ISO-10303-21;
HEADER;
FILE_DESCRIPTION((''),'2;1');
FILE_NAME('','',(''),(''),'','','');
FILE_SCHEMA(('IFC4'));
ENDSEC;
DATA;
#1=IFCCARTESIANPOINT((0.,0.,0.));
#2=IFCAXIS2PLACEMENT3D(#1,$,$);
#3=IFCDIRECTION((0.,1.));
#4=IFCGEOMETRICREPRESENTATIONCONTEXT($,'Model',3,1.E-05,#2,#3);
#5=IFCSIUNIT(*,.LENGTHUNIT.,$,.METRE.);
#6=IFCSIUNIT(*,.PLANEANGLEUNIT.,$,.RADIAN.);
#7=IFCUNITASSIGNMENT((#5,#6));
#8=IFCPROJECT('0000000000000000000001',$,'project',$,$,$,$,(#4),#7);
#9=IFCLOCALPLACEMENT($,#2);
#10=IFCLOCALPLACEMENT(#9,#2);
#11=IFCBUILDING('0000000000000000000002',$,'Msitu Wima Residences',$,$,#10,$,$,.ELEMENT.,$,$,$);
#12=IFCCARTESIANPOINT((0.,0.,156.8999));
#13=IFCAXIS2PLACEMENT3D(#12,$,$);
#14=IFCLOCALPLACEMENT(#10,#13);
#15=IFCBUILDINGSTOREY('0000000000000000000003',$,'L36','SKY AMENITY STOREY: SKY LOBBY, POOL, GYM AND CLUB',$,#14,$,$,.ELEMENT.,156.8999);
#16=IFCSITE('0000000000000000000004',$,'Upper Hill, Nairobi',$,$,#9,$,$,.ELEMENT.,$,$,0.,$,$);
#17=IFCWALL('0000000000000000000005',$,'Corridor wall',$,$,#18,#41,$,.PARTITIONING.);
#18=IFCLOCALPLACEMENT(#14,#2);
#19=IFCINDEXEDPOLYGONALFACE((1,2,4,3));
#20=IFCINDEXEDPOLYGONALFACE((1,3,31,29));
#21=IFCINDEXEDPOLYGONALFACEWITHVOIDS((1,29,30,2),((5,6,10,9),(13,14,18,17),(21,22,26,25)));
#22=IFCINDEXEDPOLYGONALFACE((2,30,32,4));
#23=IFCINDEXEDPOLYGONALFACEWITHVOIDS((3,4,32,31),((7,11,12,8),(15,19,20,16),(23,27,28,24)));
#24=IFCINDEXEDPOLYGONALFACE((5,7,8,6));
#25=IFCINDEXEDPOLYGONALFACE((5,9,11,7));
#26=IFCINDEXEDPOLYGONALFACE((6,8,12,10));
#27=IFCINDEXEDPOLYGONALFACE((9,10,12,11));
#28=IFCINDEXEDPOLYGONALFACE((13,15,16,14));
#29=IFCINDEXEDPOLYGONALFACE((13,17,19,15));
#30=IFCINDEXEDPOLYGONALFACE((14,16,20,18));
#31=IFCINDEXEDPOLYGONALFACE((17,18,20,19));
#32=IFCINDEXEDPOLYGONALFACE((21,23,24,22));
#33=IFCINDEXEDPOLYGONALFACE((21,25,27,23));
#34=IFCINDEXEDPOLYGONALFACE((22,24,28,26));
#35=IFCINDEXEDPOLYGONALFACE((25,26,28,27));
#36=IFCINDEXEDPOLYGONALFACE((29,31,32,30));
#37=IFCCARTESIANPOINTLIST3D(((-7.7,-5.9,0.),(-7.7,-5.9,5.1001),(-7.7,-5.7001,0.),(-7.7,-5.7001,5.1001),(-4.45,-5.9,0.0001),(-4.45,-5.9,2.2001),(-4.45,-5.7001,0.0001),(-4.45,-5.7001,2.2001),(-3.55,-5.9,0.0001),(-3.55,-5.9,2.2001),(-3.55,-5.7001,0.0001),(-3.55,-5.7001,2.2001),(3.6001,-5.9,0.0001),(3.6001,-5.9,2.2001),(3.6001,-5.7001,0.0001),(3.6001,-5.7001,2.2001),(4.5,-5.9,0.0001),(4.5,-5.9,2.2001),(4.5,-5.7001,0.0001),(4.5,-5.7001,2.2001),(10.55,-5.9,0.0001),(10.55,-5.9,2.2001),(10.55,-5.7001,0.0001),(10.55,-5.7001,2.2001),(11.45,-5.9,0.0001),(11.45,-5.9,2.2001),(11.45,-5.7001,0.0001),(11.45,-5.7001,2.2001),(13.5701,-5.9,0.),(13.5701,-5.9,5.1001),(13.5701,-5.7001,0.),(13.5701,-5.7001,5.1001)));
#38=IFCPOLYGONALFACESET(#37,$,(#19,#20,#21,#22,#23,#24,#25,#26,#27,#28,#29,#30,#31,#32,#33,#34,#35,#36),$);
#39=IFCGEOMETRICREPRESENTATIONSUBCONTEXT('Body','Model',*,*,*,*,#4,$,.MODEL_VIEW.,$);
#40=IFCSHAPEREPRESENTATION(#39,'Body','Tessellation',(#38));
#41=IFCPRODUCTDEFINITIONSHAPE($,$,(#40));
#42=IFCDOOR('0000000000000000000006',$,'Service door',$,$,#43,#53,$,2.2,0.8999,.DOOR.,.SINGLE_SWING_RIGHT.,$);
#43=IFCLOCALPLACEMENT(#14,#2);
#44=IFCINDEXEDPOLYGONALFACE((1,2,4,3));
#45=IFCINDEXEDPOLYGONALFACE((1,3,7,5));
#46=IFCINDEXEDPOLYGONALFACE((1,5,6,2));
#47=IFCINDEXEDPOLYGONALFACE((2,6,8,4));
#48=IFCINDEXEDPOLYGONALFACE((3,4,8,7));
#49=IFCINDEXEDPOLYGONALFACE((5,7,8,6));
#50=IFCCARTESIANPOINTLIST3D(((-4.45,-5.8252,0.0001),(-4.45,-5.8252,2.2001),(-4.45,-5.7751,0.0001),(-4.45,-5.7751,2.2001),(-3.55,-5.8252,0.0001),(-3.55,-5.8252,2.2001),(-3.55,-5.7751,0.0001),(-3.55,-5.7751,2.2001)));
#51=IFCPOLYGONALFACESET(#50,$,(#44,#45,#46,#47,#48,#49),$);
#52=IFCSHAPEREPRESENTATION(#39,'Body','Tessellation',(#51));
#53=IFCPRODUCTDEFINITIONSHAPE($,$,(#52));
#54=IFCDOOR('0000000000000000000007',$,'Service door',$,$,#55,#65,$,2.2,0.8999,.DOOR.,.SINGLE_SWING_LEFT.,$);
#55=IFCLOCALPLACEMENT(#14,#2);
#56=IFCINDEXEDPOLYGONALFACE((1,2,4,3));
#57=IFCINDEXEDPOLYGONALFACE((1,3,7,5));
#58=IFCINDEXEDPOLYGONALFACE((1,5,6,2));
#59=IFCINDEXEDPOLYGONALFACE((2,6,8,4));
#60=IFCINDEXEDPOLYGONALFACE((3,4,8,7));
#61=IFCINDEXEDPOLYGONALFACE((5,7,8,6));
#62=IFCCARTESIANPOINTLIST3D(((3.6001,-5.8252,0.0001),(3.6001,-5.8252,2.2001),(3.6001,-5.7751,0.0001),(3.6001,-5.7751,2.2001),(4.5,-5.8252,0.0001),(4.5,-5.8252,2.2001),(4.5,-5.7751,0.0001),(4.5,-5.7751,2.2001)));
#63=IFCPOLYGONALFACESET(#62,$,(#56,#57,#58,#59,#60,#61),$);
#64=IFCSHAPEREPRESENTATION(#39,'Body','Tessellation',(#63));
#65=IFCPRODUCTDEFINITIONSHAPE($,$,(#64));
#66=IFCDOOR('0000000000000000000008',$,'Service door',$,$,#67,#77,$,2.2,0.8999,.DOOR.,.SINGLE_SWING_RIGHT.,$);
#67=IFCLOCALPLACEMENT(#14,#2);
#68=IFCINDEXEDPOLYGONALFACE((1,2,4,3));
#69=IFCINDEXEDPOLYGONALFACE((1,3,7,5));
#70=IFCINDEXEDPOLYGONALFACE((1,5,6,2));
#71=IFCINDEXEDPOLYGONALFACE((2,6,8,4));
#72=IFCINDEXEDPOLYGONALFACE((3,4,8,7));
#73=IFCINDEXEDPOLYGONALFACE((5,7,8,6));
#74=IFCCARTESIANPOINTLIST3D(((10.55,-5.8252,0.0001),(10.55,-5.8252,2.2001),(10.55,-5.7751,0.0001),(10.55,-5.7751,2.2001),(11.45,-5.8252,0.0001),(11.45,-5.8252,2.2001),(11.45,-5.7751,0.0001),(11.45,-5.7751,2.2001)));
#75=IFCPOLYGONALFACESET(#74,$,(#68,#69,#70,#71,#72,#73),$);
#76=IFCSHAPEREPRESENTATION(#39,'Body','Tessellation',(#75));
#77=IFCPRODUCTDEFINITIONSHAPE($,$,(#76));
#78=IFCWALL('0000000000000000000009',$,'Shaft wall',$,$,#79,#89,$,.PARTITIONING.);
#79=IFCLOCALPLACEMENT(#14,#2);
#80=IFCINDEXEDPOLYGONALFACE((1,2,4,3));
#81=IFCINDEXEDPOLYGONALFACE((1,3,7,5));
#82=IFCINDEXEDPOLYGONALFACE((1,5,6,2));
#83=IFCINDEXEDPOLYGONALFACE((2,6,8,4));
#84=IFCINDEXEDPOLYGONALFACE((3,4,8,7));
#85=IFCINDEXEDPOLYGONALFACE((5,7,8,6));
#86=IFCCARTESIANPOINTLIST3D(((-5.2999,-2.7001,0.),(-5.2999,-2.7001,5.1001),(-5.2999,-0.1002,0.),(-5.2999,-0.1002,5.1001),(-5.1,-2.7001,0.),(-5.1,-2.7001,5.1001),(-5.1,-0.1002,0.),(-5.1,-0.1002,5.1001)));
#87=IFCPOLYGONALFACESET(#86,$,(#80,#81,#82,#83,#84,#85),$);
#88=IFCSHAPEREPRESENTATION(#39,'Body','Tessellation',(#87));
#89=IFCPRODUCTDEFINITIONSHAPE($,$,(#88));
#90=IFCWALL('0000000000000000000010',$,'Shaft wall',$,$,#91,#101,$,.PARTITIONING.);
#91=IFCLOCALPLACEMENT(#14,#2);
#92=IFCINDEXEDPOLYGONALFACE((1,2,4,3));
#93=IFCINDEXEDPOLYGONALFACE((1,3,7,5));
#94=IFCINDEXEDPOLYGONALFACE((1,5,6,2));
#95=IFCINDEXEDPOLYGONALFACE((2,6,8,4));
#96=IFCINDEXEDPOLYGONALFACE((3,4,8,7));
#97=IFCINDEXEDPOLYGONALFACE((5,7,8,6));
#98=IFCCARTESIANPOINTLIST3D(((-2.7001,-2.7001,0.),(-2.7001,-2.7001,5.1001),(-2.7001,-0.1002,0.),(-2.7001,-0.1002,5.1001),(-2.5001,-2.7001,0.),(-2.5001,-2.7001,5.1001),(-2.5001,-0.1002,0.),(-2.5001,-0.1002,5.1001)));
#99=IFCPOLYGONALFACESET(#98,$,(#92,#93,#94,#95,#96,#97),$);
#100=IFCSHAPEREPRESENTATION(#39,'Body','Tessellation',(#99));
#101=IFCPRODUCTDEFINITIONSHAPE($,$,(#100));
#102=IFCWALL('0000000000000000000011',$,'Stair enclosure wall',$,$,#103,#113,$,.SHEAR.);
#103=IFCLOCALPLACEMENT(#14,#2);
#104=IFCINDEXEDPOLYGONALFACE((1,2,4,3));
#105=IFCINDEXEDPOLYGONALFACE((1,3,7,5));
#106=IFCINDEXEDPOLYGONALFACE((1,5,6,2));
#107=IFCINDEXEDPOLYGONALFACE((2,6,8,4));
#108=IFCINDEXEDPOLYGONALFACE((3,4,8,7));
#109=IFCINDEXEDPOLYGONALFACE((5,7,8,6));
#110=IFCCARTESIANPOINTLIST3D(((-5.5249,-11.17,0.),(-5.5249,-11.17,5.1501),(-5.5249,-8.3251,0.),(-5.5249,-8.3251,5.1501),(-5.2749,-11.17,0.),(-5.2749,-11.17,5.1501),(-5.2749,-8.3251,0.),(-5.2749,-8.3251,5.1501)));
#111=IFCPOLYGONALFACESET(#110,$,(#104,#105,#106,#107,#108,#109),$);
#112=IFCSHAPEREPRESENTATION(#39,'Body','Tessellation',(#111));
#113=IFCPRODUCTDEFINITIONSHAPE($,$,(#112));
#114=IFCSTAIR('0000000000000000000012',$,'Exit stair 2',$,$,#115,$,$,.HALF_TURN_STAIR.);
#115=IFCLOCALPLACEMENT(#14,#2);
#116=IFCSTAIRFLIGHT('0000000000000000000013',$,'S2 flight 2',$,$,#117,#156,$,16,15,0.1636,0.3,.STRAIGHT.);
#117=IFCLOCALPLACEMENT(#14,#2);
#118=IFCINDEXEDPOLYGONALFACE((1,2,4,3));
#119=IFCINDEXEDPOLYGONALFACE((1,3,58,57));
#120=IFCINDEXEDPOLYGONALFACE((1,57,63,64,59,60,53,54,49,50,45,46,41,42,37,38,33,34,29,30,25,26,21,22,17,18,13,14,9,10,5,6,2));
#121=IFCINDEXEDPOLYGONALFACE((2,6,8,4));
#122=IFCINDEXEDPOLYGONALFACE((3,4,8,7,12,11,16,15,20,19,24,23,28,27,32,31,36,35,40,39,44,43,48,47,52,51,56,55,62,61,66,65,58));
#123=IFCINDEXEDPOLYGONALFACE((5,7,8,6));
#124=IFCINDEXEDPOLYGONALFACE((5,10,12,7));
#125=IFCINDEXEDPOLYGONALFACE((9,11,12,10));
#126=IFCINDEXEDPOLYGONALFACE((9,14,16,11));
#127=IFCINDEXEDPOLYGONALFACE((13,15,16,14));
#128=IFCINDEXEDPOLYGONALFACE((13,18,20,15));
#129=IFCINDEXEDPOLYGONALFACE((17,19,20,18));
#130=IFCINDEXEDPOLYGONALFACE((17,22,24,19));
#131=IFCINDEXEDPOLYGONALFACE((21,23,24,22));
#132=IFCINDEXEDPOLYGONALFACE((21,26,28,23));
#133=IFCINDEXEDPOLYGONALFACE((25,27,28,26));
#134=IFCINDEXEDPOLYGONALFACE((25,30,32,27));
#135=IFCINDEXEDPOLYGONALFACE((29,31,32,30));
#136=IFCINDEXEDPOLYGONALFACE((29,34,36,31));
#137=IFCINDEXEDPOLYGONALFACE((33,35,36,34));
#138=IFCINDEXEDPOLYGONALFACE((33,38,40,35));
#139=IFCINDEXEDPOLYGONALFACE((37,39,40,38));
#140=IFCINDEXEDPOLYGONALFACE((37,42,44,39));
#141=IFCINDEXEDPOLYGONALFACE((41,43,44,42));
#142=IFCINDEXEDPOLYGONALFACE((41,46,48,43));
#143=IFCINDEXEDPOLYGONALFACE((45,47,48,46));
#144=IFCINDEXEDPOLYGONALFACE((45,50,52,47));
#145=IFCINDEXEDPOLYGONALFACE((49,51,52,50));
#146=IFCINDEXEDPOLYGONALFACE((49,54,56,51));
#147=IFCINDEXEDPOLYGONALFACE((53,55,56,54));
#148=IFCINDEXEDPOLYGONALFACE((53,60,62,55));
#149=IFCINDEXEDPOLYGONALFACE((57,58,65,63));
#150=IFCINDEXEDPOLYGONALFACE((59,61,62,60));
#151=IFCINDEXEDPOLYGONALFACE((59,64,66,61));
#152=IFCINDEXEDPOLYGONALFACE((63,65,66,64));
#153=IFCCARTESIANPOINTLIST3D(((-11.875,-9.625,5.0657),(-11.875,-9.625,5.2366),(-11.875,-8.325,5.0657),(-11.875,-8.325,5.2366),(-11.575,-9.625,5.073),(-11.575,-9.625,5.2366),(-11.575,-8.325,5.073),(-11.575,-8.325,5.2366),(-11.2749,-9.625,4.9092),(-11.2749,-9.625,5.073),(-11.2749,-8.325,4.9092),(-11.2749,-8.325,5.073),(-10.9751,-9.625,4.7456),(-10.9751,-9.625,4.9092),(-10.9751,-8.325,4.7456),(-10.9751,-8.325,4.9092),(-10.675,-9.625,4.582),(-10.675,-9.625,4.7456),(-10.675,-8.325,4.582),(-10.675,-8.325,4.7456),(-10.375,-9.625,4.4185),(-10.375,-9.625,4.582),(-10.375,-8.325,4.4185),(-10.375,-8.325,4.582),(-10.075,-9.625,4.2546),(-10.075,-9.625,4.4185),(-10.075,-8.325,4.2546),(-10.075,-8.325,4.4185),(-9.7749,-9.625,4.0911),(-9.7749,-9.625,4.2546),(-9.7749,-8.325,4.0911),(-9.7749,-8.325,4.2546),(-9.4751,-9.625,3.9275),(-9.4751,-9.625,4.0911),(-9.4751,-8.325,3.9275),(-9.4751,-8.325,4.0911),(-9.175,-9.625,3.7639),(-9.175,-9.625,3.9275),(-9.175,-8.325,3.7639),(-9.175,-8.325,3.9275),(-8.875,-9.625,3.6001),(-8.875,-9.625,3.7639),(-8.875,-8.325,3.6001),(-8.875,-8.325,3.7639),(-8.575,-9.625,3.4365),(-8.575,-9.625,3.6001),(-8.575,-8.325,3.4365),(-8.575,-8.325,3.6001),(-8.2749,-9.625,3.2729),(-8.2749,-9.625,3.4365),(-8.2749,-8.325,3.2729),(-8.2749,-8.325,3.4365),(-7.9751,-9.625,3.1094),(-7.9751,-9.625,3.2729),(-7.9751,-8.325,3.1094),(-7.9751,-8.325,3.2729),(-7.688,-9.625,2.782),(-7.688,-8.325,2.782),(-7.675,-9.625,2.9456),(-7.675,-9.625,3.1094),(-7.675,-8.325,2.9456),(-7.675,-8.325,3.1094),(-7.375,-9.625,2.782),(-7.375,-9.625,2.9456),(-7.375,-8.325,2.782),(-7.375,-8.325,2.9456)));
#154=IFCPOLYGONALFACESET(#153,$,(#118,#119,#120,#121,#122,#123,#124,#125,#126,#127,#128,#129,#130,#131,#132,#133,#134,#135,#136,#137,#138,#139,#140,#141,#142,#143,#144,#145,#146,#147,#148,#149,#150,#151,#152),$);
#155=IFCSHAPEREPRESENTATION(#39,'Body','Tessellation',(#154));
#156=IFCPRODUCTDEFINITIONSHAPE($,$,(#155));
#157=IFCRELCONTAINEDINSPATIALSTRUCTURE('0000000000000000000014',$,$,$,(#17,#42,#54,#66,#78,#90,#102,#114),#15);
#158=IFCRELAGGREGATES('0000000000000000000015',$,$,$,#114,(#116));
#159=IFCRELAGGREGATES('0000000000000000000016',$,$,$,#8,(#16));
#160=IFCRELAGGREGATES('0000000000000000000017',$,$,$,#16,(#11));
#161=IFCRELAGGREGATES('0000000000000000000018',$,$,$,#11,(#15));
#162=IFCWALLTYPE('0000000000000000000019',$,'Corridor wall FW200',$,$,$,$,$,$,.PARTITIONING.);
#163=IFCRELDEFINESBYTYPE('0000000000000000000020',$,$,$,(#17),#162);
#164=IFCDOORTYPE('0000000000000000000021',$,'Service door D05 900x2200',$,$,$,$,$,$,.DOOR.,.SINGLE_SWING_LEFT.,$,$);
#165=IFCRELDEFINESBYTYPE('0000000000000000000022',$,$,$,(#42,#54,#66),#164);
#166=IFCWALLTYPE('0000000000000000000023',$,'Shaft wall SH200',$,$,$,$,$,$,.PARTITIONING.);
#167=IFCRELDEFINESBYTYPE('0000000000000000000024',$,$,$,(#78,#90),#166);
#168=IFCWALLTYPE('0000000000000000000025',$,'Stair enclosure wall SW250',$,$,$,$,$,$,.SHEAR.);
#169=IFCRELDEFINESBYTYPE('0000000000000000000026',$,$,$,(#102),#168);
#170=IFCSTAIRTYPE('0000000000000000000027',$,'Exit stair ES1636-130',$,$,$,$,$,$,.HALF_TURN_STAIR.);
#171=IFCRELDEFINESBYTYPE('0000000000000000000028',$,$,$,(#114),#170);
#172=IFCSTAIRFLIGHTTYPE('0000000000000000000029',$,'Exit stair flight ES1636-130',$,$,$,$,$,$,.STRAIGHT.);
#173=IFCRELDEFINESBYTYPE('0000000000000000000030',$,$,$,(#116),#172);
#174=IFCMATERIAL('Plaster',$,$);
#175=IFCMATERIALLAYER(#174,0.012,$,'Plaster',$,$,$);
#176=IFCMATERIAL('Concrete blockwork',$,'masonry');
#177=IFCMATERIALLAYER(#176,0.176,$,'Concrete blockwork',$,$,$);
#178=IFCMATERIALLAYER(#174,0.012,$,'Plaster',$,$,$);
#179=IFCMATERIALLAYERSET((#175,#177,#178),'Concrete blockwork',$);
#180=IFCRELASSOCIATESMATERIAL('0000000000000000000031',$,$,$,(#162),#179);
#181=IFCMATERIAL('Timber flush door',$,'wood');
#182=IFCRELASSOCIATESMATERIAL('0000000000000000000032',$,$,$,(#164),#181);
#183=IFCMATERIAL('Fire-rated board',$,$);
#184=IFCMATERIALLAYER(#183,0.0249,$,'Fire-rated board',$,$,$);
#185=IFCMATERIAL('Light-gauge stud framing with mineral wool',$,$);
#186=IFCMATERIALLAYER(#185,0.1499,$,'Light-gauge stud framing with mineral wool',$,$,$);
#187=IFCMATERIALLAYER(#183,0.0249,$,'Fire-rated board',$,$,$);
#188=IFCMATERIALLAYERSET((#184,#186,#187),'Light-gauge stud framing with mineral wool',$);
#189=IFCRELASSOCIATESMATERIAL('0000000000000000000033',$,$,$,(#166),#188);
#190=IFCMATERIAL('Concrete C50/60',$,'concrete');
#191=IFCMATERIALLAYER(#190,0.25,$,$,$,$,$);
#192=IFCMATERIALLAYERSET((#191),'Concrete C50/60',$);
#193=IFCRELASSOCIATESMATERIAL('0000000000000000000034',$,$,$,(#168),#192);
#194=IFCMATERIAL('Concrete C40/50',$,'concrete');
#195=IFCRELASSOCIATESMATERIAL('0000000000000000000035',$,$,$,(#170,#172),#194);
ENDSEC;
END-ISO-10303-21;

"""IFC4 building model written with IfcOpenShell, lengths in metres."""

from ifc_helpers import new_model, si_unit, direction, frame, frame_2d, origin, place, context, subcontext, project, spatial, polyline, rectangle, outline, extrude, material, layer, layer_set, type_object, element, fill, aggregate, save


model = new_model("IFC4")

# Units and contexts
model_context = context("Model", 3, precision=1e-05, world=origin(), true_north=direction((0.0, 1.0)))
body_context = subcontext(model_context, "Body", "Model", "MODEL_VIEW")
ifc_project = project(units=[si_unit("LENGTHUNIT", "METRE"), si_unit("PLANEANGLEUNIT", "RADIAN")], contexts=[model_context])

# Site, building, storey
site_placement = place(None, origin())
site = spatial("IfcSite", under=ifc_project, at=site_placement, Name="Upper Hill, Nairobi", CompositionType="ELEMENT", RefElevation=0.0)
building_placement = place(site_placement, origin())
building = spatial("IfcBuilding", under=site, at=building_placement, Name="Msitu Wima Residences", CompositionType="ELEMENT")
storey_placement = place(building_placement, frame((0.0, 0.0, 156.8999)))
storey = spatial("IfcBuildingStorey", under=building, at=storey_placement, Name="L36", Description="SKY AMENITY STOREY: SKY LOBBY, POOL, GYM AND CLUB", CompositionType="ELEMENT", Elevation=156.8999)

# Wall, openings, doors
ifc_material_1 = material(Name="Plaster")
ifc_layer_1 = layer(ifc_material_1, 0.012, Name="Plaster")
ifc_material_2 = material(Name="Concrete blockwork", Category="masonry")
ifc_layer_2 = layer(ifc_material_2, 0.176, Name="Concrete blockwork")
ifc_layer_3 = layer(ifc_material_1, 0.012, Name="Plaster")
ifc_layer_set_1 = layer_set([ifc_layer_1, ifc_layer_2, ifc_layer_3], Name="Concrete blockwork")
wall_type_1 = type_object("IfcWallType", Name="Corridor wall FW200", PredefinedType="PARTITIONING", material=ifc_layer_set_1)
wall_1_placement = place(storey_placement, frame((-7.7, -5.8, 0.0), z_axis=(0.0, 0.0, 1.0), x_axis=(1.0, 0.0, 0.0)))
wall_1 = element("IfcWall", 1, at=wall_1_placement, inside=storey, type_object=wall_type_1, Name="Corridor wall", PredefinedType="PARTITIONING", context=body_context, shape_type="SweptSolid", body=[
    extrude(rectangle(XDim=21.27, YDim=0.2, at=frame_2d((10.635, 0.0))), origin(), (0.0, 0.0, 1.0), 5.1001),
])
opening_1_placement = place(wall_1_placement, frame((3.25, 0.0, 0.0)))
opening_1 = element("IfcOpeningElement", 2, at=opening_1_placement, cuts=wall_1, PredefinedType="OPENING", context=body_context, shape_type="SweptSolid", body=[
    extrude(rectangle(XDim=0.8999, YDim=2.2, at=frame_2d((0.45, 1.1001))), frame((0.0, 0.1099, 0.0), z_axis=(0.0, -1.0, 0.0), x_axis=(1.0, 0.0, 0.0)), (0.0, 0.0, 1.0), 0.22),
])
opening_2_placement = place(wall_1_placement, frame((11.3, 0.0, 0.0)))
opening_2 = element("IfcOpeningElement", 3, at=opening_2_placement, cuts=wall_1, PredefinedType="OPENING", context=body_context, shape_type="SweptSolid", body=[
    extrude(rectangle(XDim=0.8999, YDim=2.2, at=frame_2d((0.45, 1.1001))), frame((0.0, 0.1099, 0.0), z_axis=(0.0, -1.0, 0.0), x_axis=(1.0, 0.0, 0.0)), (0.0, 0.0, 1.0), 0.22),
])
opening_3_placement = place(wall_1_placement, frame((18.25, 0.0, 0.0)))
opening_3 = element("IfcOpeningElement", 4, at=opening_3_placement, cuts=wall_1, PredefinedType="OPENING", context=body_context, shape_type="SweptSolid", body=[
    extrude(rectangle(XDim=0.8999, YDim=2.2, at=frame_2d((0.45, 1.1001))), frame((0.0, 0.1099, 0.0), z_axis=(0.0, -1.0, 0.0), x_axis=(1.0, 0.0, 0.0)), (0.0, 0.0, 1.0), 0.22),
])
ifc_material_3 = material(Name="Timber flush door", Category="wood")
door_type = type_object("IfcDoorType", Name="Service door D05 900x2200", OperationType="SINGLE_SWING_LEFT", PredefinedType="DOOR", material=ifc_material_3)
door_1_placement = place(opening_1_placement, origin())
door_1 = element("IfcDoor", 5, at=door_1_placement, inside=storey, type_object=door_type, Name="Service door", OperationType="SINGLE_SWING_RIGHT", OverallHeight=2.2, OverallWidth=0.8999, PredefinedType="DOOR", context=body_context, shape_type="SweptSolid", body=[
    extrude(rectangle(XDim=0.8999, YDim=2.2, at=frame_2d((0.45, 1.1001))), frame((0.0, 0.0249, 0.0), z_axis=(0.0, -1.0, 0.0), x_axis=(1.0, 0.0, 0.0)), (0.0, 0.0, 1.0), 0.05),
])
fill(opening_1, door_1)
door_2_placement = place(opening_2_placement, origin())
door_2 = element("IfcDoor", 6, at=door_2_placement, inside=storey, type_object=door_type, Name="Service door", OperationType="SINGLE_SWING_LEFT", OverallHeight=2.2, OverallWidth=0.8999, PredefinedType="DOOR", context=body_context, shape_type="SweptSolid", body=[
    extrude(rectangle(XDim=0.8999, YDim=2.2, at=frame_2d((0.45, 1.1001))), frame((0.0, 0.0249, 0.0), z_axis=(0.0, -1.0, 0.0), x_axis=(1.0, 0.0, 0.0)), (0.0, 0.0, 1.0), 0.05),
])
fill(opening_2, door_2)
door_3_placement = place(opening_3_placement, origin())
door_3 = element("IfcDoor", 7, at=door_3_placement, inside=storey, type_object=door_type, Name="Service door", OperationType="SINGLE_SWING_RIGHT", OverallHeight=2.2, OverallWidth=0.8999, PredefinedType="DOOR", context=body_context, shape_type="SweptSolid", body=[
    extrude(rectangle(XDim=0.8999, YDim=2.2, at=frame_2d((0.45, 1.1001))), frame((0.0, 0.0249, 0.0), z_axis=(0.0, -1.0, 0.0), x_axis=(1.0, 0.0, 0.0)), (0.0, 0.0, 1.0), 0.05),
])
fill(opening_3, door_3)

# Walls
ifc_material_4 = material(Name="Fire-rated board")
ifc_layer_4 = layer(ifc_material_4, 0.0249, Name="Fire-rated board")
ifc_material_5 = material(Name="Light-gauge stud framing with mineral wool")
ifc_layer_5 = layer(ifc_material_5, 0.1499, Name="Light-gauge stud framing with mineral wool")
ifc_layer_6 = layer(ifc_material_4, 0.0249, Name="Fire-rated board")
ifc_layer_set_2 = layer_set([ifc_layer_4, ifc_layer_5, ifc_layer_6], Name="Light-gauge stud framing with mineral wool")
wall_type_2 = type_object("IfcWallType", Name="Shaft wall SH200", PredefinedType="PARTITIONING", material=ifc_layer_set_2)
for number, where, z_axis, x_axis, name in (
    (8, (-5.2, -2.7, 0.0), (0.0, 0.0, 1.0), (0.0, 1.0, 0.0), "Shaft wall"),
    (9, (-2.6001, -2.7, 0.0), (0.0, 0.0, 1.0), (0.0, 1.0, 0.0), "Shaft wall"),
):
    element("IfcWall", number, at=place(storey_placement, frame(where, z_axis=z_axis, x_axis=x_axis)), inside=storey, type_object=wall_type_2, Name=name, PredefinedType="PARTITIONING", context=body_context, shape_type="SweptSolid", body=[
        extrude(rectangle(XDim=2.5999, YDim=0.2, at=frame_2d((1.2998, 0.0))), origin(), (0.0, 0.0, 1.0), 5.1001),
    ])
ifc_material_6 = material(Name="Concrete C50/60", Category="concrete")
ifc_layer_7 = layer(ifc_material_6, 0.25)
ifc_layer_set_3 = layer_set([ifc_layer_7], Name="Concrete C50/60")
wall_type_3 = type_object("IfcWallType", Name="Stair enclosure wall SW250", PredefinedType="SHEAR", material=ifc_layer_set_3)
wall_2_placement = place(storey_placement, frame((-5.3999, -11.1699, 0.0), z_axis=(0.0, 0.0, 1.0), x_axis=(0.0, 1.0, 0.0)))
element("IfcWall", 10, at=wall_2_placement, inside=storey, type_object=wall_type_3, Name="Stair enclosure wall", PredefinedType="SHEAR", context=body_context, shape_type="SweptSolid", body=[
    extrude(rectangle(XDim=2.845, YDim=0.25, at=frame_2d((1.4224, 0.0))), origin(), (0.0, 0.0, 1.0), 5.1501),
])

# Stair, stair flight
ifc_material_7 = material(Name="Concrete C40/50", Category="concrete")
stair_type = type_object("IfcStairType", Name="Exit stair ES1636-130", PredefinedType="HALF_TURN_STAIR", material=ifc_material_7)
stair_placement = place(storey_placement, origin())
stair = element("IfcStair", 11, at=stair_placement, inside=storey, type_object=stair_type, Name="Exit stair 2", PredefinedType="HALF_TURN_STAIR")
stair_flight_type = type_object("IfcStairFlightType", Name="Exit stair flight ES1636-130", PredefinedType="STRAIGHT", material=ifc_material_7)
stair_flight_placement = place(storey_placement, frame((-7.375, -8.9751, 2.782), z_axis=(0.0, 0.0, 1.0), x_axis=(-1.0, 0.0, 0.0)))
stair_flight = element("IfcStairFlight", 12, at=stair_flight_placement, type_object=stair_flight_type, Name="S2 flight 2", NumberOfRisers=16, NumberOfTreads=15, PredefinedType="STRAIGHT", RiserHeight=0.1636, TreadLength=0.3, context=body_context, shape_type="SweptSolid", body=[
    extrude(outline(polyline([(0.0, 0.0), (0.0, 0.1636), (0.3, 0.1636), (0.3, 0.3274), (0.6001, 0.3274), (0.6001, 0.491), (0.8999, 0.491), (0.8999, 0.6545), (1.2, 0.6545), (1.2, 0.8181), (1.5, 0.8181), (1.5, 0.9819), (1.8, 0.9819), (1.8, 1.1455), (2.1001, 1.1455), (2.1001, 1.3091), (2.3999, 1.3091), (2.3999, 1.4727), (2.7, 1.4727), (2.7, 1.6365), (3.0, 1.6365), (3.0, 1.8), (3.3, 1.8), (3.3, 1.9636), (3.6001, 1.9636), (3.6001, 2.1272), (3.8999, 2.1272), (3.8999, 2.291), (4.2, 2.291), (4.2, 2.4546), (4.5, 2.4546), (4.5, 2.6182), (4.5, 2.2837), (0.313, 0.0), (0.0, 0.0)])), frame((0.0, 0.6499, 0.0), z_axis=(0.0, -1.0, 0.0), x_axis=(1.0, 0.0, 0.0)), (0.0, 0.0, 1.0), 1.3),
])
aggregate(stair, [stair_flight])

save(model, "model.ifc")
